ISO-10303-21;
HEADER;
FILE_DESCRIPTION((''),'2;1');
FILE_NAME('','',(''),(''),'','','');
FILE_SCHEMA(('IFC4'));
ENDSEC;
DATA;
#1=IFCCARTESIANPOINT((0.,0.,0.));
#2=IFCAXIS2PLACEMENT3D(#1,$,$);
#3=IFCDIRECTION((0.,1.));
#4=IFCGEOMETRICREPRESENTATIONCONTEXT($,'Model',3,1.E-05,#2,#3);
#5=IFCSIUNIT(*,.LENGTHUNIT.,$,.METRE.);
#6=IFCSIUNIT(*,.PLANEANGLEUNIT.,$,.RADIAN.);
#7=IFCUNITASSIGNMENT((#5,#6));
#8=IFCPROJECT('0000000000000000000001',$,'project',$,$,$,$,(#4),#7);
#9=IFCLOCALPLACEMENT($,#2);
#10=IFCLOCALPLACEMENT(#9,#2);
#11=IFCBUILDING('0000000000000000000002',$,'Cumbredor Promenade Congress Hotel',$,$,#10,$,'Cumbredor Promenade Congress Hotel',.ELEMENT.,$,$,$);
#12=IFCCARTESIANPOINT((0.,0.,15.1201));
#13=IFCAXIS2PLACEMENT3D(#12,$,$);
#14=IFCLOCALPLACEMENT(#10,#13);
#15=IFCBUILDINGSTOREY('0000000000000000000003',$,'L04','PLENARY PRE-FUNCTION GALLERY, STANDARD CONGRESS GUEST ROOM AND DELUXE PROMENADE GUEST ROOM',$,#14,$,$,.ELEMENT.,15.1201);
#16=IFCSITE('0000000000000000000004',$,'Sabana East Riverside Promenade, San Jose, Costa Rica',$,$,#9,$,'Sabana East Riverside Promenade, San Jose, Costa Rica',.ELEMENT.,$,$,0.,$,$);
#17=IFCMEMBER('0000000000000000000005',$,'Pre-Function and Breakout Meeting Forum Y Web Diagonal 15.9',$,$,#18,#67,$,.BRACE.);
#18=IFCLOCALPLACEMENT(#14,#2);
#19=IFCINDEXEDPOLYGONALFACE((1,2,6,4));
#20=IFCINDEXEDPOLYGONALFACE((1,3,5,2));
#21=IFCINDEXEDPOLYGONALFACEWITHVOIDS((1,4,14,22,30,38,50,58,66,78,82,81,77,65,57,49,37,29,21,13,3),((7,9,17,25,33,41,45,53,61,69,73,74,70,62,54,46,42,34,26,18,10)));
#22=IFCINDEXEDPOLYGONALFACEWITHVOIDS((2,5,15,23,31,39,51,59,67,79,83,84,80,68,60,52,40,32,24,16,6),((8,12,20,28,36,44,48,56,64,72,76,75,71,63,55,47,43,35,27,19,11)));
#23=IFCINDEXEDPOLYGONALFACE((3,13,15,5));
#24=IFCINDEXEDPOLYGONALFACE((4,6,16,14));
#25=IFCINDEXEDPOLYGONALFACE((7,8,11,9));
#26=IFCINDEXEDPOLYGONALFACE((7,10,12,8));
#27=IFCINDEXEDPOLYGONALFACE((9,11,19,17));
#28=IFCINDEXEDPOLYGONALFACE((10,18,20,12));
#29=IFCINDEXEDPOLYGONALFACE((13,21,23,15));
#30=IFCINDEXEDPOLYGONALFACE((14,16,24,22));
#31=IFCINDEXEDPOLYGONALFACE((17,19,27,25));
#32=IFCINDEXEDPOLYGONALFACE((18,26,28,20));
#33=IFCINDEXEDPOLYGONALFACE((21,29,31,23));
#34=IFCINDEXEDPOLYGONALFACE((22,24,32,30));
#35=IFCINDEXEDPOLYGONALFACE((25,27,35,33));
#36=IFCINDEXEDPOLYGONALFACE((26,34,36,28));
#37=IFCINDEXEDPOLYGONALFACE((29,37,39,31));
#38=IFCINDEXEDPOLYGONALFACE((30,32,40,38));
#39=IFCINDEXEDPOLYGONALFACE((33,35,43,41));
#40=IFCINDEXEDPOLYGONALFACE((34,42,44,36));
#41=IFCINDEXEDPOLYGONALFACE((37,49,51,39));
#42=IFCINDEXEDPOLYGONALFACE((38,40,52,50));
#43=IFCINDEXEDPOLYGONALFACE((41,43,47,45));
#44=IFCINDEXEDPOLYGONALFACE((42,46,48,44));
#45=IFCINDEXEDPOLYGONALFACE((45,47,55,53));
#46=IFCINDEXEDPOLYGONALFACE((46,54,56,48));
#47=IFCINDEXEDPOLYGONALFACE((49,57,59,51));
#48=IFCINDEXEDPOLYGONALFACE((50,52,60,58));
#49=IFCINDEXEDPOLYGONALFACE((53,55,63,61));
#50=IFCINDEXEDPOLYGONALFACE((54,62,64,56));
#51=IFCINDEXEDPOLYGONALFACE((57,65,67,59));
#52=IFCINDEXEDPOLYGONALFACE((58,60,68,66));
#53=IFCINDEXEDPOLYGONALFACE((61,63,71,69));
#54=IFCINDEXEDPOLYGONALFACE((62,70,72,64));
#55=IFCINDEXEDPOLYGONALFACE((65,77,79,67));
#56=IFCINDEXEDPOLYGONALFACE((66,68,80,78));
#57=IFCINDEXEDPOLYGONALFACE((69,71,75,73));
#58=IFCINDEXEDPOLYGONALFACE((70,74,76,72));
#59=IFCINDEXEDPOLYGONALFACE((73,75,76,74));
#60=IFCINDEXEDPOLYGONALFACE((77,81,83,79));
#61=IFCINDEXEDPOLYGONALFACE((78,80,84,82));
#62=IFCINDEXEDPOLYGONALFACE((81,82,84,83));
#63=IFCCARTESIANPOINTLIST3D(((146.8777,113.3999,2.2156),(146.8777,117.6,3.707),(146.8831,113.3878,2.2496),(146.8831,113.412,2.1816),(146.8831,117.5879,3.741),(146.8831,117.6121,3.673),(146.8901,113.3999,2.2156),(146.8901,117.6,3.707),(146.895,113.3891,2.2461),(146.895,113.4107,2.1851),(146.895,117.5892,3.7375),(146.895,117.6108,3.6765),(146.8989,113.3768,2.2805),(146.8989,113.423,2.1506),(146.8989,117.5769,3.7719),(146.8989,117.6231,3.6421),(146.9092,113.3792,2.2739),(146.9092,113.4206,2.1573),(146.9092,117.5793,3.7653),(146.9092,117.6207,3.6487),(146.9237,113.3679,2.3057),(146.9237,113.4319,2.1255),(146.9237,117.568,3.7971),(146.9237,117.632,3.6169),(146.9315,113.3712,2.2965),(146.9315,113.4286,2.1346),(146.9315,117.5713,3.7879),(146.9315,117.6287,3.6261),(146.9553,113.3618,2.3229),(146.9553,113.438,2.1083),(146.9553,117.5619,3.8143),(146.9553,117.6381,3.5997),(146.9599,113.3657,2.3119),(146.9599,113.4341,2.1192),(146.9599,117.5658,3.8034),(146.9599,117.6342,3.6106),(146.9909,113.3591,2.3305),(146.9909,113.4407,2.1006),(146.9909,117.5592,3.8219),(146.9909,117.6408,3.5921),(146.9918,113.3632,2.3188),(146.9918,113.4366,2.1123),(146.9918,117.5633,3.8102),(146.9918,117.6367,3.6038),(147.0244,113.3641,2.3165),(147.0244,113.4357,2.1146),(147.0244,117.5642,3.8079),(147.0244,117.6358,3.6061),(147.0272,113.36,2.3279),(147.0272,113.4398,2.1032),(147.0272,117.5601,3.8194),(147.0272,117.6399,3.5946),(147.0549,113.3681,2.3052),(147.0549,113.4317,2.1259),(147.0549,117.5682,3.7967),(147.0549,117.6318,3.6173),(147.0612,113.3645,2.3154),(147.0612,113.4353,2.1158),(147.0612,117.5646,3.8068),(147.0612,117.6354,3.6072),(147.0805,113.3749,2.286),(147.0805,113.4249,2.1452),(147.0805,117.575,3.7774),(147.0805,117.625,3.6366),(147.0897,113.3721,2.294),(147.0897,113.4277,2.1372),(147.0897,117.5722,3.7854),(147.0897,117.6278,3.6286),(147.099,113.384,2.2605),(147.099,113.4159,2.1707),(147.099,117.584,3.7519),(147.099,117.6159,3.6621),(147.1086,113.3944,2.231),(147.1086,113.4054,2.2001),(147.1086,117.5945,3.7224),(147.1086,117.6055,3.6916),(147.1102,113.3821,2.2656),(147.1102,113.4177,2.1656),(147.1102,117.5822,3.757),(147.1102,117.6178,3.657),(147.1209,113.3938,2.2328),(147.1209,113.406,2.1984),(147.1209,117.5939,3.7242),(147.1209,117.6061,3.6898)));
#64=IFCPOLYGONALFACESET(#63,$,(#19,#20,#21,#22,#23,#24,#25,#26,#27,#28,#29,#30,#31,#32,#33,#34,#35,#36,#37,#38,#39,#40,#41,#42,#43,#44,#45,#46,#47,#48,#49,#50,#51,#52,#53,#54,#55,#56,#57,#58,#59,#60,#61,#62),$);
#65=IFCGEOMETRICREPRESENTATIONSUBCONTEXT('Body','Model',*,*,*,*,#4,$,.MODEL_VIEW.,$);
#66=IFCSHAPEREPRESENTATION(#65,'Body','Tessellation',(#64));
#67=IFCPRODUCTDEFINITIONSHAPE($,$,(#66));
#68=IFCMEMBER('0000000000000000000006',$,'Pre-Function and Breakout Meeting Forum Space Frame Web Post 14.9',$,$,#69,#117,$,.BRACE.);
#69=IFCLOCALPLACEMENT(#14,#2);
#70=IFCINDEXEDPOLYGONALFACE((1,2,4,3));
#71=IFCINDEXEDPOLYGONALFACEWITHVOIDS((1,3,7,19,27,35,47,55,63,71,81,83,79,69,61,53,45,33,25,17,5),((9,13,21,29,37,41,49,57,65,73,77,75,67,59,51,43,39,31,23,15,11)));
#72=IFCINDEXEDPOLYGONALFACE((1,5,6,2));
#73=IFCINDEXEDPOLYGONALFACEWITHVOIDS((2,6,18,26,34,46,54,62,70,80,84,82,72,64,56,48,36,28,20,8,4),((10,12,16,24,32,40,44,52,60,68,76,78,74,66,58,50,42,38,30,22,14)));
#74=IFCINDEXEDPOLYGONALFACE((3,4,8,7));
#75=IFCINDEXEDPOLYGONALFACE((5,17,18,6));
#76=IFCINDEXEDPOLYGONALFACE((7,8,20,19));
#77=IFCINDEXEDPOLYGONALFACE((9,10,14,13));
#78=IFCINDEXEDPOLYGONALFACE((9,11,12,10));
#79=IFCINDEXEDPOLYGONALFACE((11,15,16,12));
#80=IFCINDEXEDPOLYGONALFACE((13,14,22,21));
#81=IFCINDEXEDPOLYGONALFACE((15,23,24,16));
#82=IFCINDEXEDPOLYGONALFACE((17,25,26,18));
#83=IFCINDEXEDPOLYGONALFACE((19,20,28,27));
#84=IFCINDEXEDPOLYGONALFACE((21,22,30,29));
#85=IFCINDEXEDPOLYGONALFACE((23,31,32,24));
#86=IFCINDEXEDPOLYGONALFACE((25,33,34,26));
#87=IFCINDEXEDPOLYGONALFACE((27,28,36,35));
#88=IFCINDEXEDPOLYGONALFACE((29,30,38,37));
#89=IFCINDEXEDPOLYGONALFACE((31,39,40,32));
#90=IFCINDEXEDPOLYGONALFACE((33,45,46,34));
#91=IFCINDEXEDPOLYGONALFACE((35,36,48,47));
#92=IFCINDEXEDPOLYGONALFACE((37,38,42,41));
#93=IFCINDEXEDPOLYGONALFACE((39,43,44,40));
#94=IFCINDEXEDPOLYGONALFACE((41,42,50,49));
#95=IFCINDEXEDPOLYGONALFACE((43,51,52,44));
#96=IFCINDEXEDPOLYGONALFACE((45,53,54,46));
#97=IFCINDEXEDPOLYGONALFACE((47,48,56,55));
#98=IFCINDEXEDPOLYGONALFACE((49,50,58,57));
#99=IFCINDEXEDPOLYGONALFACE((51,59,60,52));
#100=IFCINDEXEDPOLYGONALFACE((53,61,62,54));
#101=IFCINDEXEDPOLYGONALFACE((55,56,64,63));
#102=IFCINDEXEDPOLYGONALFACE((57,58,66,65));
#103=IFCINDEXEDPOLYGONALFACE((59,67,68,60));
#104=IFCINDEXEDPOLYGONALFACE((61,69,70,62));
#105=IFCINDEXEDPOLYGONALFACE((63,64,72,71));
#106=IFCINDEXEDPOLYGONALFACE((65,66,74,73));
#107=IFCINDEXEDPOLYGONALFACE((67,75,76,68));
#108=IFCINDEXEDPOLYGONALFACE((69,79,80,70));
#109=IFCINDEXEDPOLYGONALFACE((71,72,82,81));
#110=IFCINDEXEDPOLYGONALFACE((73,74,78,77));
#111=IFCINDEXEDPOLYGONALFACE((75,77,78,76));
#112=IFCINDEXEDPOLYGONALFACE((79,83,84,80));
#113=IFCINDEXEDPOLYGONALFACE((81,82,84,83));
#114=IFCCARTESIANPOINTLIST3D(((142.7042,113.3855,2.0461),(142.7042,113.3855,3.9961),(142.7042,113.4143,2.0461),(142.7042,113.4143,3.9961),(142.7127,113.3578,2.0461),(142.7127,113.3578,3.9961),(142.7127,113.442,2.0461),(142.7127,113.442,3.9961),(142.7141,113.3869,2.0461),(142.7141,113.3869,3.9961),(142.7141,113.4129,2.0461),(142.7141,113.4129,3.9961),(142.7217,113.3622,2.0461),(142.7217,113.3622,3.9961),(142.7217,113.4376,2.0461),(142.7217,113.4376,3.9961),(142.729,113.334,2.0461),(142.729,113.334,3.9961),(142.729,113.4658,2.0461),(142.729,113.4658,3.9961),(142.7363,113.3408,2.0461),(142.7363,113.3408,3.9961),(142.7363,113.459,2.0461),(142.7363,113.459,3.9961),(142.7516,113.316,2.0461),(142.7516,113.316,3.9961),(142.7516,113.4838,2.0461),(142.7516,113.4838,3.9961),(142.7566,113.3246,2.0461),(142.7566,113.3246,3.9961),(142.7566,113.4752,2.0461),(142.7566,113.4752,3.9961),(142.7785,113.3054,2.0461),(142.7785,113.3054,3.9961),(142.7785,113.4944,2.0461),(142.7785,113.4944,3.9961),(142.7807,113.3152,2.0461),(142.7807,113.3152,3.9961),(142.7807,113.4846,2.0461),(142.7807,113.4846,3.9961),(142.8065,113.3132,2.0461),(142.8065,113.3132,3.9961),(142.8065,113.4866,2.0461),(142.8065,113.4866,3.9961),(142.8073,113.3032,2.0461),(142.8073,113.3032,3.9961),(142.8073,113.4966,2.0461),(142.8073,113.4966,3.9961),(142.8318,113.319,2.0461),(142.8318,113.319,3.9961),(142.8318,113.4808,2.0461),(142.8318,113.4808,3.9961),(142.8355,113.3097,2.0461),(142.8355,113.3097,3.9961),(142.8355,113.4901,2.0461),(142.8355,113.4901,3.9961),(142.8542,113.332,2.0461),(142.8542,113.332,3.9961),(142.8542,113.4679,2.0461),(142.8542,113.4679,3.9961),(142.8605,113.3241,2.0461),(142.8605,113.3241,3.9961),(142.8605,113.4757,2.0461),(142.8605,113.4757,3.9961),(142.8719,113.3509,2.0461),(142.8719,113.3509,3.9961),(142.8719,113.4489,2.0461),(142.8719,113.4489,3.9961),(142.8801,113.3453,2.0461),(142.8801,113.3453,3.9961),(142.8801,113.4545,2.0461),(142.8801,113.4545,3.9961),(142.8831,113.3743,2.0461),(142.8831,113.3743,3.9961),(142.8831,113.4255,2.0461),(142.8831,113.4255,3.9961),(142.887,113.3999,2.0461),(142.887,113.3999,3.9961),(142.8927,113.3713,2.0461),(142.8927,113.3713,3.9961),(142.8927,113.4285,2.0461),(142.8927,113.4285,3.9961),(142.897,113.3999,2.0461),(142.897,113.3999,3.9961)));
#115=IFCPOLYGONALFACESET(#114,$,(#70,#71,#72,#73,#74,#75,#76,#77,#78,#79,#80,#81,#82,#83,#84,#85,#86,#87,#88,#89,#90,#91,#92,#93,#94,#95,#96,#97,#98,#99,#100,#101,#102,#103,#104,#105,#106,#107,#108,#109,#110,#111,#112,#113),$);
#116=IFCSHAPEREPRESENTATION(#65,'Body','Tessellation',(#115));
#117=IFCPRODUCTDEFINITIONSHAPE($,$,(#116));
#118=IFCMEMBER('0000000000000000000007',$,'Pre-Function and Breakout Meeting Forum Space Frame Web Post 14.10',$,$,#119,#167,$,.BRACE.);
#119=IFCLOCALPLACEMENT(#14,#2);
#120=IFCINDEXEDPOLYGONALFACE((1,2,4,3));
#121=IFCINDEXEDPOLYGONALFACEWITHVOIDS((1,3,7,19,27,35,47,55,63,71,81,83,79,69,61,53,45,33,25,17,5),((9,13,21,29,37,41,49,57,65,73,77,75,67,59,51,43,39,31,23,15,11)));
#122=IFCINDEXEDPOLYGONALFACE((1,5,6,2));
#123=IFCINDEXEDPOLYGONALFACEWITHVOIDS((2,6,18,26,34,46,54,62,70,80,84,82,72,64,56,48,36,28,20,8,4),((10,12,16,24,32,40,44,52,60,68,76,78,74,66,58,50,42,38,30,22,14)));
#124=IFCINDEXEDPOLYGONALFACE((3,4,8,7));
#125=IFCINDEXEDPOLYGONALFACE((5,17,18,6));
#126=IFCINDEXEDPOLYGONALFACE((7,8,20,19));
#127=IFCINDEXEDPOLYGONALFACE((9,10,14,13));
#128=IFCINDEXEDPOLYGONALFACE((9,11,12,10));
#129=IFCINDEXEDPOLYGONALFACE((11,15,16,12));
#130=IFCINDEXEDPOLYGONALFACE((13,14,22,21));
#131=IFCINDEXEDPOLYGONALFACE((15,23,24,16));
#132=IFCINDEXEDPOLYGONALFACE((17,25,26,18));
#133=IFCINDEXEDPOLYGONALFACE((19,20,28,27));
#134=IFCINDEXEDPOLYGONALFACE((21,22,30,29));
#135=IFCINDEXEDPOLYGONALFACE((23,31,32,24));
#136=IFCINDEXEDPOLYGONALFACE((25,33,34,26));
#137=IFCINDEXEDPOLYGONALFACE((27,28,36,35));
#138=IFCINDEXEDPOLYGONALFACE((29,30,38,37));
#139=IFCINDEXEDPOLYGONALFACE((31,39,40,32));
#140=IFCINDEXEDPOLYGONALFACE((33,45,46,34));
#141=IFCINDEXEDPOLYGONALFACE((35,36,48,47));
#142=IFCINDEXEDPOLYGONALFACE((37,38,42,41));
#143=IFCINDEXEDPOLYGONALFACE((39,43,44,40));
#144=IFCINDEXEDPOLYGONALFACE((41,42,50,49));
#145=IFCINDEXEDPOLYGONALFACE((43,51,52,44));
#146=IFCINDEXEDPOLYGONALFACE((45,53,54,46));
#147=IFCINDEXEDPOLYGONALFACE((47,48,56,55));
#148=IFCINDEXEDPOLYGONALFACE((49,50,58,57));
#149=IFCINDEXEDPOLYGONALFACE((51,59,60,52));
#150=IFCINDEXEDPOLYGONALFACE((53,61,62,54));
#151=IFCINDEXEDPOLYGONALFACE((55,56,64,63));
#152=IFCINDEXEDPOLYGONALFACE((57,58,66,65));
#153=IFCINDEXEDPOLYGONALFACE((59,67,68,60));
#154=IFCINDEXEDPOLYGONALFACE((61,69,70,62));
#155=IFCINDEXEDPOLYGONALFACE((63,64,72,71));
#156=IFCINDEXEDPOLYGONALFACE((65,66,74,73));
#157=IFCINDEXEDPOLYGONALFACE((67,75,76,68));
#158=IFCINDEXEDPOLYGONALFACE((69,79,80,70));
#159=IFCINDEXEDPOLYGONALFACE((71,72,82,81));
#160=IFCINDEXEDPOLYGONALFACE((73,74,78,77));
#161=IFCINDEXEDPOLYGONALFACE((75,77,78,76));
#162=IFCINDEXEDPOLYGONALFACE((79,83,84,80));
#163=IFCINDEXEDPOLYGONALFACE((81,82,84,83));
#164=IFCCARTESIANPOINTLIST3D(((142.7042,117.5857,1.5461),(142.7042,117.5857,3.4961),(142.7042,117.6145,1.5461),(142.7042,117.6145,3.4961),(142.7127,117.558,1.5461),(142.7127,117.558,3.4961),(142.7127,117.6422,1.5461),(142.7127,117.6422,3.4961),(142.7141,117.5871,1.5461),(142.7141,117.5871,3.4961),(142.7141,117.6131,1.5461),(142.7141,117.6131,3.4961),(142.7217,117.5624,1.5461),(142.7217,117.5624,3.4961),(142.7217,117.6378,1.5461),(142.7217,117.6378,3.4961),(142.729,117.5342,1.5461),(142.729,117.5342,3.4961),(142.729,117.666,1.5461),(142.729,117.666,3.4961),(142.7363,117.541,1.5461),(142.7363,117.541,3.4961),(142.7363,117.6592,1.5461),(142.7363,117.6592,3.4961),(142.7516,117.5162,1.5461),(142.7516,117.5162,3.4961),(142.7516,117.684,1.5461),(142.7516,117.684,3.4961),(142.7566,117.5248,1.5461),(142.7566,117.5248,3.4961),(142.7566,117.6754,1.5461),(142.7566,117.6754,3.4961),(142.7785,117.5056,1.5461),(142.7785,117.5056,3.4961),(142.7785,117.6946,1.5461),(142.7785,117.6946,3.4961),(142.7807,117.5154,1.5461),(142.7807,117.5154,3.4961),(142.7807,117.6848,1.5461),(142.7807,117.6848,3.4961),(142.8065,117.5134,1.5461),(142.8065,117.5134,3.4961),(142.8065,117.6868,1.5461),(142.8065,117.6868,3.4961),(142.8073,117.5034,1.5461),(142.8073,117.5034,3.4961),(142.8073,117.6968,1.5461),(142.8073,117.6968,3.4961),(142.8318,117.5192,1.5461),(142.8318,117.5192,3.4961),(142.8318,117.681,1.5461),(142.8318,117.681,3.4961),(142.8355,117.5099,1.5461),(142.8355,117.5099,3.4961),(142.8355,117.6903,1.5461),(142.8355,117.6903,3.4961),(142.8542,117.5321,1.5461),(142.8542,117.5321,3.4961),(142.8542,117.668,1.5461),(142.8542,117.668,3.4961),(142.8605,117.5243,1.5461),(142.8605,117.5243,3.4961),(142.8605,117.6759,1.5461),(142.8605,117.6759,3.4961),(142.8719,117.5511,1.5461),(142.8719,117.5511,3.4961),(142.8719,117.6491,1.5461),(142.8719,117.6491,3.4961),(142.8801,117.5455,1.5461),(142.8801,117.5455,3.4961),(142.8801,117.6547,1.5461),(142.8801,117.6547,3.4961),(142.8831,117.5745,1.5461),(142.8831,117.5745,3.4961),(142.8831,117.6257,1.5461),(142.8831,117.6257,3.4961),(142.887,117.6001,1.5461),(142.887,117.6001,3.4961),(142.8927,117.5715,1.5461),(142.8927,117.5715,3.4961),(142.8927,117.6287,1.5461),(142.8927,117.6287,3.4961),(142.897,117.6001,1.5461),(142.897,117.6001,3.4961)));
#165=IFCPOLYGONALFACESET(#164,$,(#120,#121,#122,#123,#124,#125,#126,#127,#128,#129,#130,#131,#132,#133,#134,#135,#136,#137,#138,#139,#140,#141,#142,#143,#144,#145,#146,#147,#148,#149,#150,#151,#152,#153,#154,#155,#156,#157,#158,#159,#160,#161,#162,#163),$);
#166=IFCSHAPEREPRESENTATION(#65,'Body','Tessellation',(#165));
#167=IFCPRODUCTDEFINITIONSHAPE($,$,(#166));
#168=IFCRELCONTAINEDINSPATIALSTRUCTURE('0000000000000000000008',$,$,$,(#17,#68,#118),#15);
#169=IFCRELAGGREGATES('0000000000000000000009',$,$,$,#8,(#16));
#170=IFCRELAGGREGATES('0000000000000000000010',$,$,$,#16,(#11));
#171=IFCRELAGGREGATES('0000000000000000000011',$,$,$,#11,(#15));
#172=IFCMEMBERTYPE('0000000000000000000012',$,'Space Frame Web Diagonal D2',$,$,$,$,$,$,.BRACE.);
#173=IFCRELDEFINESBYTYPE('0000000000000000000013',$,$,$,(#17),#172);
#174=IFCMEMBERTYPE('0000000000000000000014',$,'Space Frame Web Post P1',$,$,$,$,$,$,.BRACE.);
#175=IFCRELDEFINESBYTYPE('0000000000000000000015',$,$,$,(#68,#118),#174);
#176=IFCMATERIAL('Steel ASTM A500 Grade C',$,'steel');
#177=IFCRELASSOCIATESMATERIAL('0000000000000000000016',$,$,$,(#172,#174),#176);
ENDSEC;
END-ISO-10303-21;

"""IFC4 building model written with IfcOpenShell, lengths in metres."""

from ifc_helpers import new_model, si_unit, direction, frame, origin, origin_2d, place, context, subcontext, project, spatial, hollow_circle, extrude, material, material_profile, profile_set, type_object, element, save


model = new_model("IFC4")

# Units and contexts
model_context = context("Model", 3, precision=1e-05, world=origin(), true_north=direction((0.0, 1.0)))
body_context = subcontext(model_context, "Body", "Model", "MODEL_VIEW")
ifc_project = project(units=[si_unit("LENGTHUNIT", "METRE"), si_unit("PLANEANGLEUNIT", "RADIAN")], contexts=[model_context])

# Site, building, storey
site_placement = place(None, origin())
site = spatial("IfcSite", under=ifc_project, at=site_placement, Name="Sabana East Riverside Promenade, San Jose, Costa Rica", LongName="Sabana East Riverside Promenade, San Jose, Costa Rica", CompositionType="ELEMENT", RefElevation=0.0)
building_placement = place(site_placement, origin())
building = spatial("IfcBuilding", under=site, at=building_placement, Name="Cumbredor Promenade Congress Hotel", LongName="Cumbredor Promenade Congress Hotel", CompositionType="ELEMENT")
storey_placement = place(building_placement, frame((0.0, 0.0, 15.1201)))
storey = spatial("IfcBuildingStorey", under=building, at=storey_placement, Name="L04", Description="PLENARY PRE-FUNCTION GALLERY, STANDARD CONGRESS GUEST ROOM AND DELUXE PROMENADE GUEST ROOM", CompositionType="ELEMENT", Elevation=15.1201)

# Members
ifc_material_1 = material(Name="Steel ASTM A500 Grade C", Category="steel")
ifc_material_profile_1 = material_profile(ifc_material_1, hollow_circle(Radius=0.1223, WallThickness=0.0125, at=origin_2d()), Name="CHS 244.5x12.5")
ifc_profile_set_1 = profile_set([ifc_material_profile_1], Name="Steel ASTM A500 Grade C")
member_type_1 = type_object("IfcMemberType", Name="Space Frame Web Diagonal D2", PredefinedType="BRACE", material=ifc_profile_set_1)
member_1_placement = place(storey_placement, frame((147.0, 113.3999, 2.2156), z_axis=(0.0, 0.942353, 0.334622), x_axis=(-1.0, 0.0, 0.0)))
element("IfcMember", 1, at=member_1_placement, inside=storey, type_object=member_type_1, Name="Pre-Function and Breakout Meeting Forum Y Web Diagonal 15.9", PredefinedType="BRACE", context=body_context, shape_type="SweptSolid", body=[
    extrude(hollow_circle(Radius=0.1223, WallThickness=0.0125, at=origin_2d()), origin(), (0.0, 0.0, 1.0), 4.457),
])
ifc_material_profile_2 = material_profile(ifc_material_1, hollow_circle(Radius=0.0969, WallThickness=0.01, at=origin_2d()), Name="CHS 193.7x10")
ifc_profile_set_2 = profile_set([ifc_material_profile_2], Name="Steel ASTM A500 Grade C")
member_type_2 = type_object("IfcMemberType", Name="Space Frame Web Post P1", PredefinedType="BRACE", material=ifc_profile_set_2)
for number, where, z_axis, x_axis, name in (
    (2, (142.8, 113.3999, 2.0461), (0.0, 0.0, 1.0), (1.0, 0.0, 0.0), "Pre-Function and Breakout Meeting Forum Space Frame Web Post 14.9"),
    (3, (142.8, 117.6001, 1.5461), (0.0, 0.0, 1.0), (1.0, 0.0, 0.0), "Pre-Function and Breakout Meeting Forum Space Frame Web Post 14.10"),
):
    element("IfcMember", number, at=place(storey_placement, frame(where, z_axis=z_axis, x_axis=x_axis)), inside=storey, type_object=member_type_2, Name=name, PredefinedType="BRACE", context=body_context, shape_type="SweptSolid", body=[
        extrude(hollow_circle(Radius=0.0969, WallThickness=0.01, at=origin_2d()), origin(), (0.0, 0.0, 1.0), 1.95),
    ])

save(model, "model.ifc")
